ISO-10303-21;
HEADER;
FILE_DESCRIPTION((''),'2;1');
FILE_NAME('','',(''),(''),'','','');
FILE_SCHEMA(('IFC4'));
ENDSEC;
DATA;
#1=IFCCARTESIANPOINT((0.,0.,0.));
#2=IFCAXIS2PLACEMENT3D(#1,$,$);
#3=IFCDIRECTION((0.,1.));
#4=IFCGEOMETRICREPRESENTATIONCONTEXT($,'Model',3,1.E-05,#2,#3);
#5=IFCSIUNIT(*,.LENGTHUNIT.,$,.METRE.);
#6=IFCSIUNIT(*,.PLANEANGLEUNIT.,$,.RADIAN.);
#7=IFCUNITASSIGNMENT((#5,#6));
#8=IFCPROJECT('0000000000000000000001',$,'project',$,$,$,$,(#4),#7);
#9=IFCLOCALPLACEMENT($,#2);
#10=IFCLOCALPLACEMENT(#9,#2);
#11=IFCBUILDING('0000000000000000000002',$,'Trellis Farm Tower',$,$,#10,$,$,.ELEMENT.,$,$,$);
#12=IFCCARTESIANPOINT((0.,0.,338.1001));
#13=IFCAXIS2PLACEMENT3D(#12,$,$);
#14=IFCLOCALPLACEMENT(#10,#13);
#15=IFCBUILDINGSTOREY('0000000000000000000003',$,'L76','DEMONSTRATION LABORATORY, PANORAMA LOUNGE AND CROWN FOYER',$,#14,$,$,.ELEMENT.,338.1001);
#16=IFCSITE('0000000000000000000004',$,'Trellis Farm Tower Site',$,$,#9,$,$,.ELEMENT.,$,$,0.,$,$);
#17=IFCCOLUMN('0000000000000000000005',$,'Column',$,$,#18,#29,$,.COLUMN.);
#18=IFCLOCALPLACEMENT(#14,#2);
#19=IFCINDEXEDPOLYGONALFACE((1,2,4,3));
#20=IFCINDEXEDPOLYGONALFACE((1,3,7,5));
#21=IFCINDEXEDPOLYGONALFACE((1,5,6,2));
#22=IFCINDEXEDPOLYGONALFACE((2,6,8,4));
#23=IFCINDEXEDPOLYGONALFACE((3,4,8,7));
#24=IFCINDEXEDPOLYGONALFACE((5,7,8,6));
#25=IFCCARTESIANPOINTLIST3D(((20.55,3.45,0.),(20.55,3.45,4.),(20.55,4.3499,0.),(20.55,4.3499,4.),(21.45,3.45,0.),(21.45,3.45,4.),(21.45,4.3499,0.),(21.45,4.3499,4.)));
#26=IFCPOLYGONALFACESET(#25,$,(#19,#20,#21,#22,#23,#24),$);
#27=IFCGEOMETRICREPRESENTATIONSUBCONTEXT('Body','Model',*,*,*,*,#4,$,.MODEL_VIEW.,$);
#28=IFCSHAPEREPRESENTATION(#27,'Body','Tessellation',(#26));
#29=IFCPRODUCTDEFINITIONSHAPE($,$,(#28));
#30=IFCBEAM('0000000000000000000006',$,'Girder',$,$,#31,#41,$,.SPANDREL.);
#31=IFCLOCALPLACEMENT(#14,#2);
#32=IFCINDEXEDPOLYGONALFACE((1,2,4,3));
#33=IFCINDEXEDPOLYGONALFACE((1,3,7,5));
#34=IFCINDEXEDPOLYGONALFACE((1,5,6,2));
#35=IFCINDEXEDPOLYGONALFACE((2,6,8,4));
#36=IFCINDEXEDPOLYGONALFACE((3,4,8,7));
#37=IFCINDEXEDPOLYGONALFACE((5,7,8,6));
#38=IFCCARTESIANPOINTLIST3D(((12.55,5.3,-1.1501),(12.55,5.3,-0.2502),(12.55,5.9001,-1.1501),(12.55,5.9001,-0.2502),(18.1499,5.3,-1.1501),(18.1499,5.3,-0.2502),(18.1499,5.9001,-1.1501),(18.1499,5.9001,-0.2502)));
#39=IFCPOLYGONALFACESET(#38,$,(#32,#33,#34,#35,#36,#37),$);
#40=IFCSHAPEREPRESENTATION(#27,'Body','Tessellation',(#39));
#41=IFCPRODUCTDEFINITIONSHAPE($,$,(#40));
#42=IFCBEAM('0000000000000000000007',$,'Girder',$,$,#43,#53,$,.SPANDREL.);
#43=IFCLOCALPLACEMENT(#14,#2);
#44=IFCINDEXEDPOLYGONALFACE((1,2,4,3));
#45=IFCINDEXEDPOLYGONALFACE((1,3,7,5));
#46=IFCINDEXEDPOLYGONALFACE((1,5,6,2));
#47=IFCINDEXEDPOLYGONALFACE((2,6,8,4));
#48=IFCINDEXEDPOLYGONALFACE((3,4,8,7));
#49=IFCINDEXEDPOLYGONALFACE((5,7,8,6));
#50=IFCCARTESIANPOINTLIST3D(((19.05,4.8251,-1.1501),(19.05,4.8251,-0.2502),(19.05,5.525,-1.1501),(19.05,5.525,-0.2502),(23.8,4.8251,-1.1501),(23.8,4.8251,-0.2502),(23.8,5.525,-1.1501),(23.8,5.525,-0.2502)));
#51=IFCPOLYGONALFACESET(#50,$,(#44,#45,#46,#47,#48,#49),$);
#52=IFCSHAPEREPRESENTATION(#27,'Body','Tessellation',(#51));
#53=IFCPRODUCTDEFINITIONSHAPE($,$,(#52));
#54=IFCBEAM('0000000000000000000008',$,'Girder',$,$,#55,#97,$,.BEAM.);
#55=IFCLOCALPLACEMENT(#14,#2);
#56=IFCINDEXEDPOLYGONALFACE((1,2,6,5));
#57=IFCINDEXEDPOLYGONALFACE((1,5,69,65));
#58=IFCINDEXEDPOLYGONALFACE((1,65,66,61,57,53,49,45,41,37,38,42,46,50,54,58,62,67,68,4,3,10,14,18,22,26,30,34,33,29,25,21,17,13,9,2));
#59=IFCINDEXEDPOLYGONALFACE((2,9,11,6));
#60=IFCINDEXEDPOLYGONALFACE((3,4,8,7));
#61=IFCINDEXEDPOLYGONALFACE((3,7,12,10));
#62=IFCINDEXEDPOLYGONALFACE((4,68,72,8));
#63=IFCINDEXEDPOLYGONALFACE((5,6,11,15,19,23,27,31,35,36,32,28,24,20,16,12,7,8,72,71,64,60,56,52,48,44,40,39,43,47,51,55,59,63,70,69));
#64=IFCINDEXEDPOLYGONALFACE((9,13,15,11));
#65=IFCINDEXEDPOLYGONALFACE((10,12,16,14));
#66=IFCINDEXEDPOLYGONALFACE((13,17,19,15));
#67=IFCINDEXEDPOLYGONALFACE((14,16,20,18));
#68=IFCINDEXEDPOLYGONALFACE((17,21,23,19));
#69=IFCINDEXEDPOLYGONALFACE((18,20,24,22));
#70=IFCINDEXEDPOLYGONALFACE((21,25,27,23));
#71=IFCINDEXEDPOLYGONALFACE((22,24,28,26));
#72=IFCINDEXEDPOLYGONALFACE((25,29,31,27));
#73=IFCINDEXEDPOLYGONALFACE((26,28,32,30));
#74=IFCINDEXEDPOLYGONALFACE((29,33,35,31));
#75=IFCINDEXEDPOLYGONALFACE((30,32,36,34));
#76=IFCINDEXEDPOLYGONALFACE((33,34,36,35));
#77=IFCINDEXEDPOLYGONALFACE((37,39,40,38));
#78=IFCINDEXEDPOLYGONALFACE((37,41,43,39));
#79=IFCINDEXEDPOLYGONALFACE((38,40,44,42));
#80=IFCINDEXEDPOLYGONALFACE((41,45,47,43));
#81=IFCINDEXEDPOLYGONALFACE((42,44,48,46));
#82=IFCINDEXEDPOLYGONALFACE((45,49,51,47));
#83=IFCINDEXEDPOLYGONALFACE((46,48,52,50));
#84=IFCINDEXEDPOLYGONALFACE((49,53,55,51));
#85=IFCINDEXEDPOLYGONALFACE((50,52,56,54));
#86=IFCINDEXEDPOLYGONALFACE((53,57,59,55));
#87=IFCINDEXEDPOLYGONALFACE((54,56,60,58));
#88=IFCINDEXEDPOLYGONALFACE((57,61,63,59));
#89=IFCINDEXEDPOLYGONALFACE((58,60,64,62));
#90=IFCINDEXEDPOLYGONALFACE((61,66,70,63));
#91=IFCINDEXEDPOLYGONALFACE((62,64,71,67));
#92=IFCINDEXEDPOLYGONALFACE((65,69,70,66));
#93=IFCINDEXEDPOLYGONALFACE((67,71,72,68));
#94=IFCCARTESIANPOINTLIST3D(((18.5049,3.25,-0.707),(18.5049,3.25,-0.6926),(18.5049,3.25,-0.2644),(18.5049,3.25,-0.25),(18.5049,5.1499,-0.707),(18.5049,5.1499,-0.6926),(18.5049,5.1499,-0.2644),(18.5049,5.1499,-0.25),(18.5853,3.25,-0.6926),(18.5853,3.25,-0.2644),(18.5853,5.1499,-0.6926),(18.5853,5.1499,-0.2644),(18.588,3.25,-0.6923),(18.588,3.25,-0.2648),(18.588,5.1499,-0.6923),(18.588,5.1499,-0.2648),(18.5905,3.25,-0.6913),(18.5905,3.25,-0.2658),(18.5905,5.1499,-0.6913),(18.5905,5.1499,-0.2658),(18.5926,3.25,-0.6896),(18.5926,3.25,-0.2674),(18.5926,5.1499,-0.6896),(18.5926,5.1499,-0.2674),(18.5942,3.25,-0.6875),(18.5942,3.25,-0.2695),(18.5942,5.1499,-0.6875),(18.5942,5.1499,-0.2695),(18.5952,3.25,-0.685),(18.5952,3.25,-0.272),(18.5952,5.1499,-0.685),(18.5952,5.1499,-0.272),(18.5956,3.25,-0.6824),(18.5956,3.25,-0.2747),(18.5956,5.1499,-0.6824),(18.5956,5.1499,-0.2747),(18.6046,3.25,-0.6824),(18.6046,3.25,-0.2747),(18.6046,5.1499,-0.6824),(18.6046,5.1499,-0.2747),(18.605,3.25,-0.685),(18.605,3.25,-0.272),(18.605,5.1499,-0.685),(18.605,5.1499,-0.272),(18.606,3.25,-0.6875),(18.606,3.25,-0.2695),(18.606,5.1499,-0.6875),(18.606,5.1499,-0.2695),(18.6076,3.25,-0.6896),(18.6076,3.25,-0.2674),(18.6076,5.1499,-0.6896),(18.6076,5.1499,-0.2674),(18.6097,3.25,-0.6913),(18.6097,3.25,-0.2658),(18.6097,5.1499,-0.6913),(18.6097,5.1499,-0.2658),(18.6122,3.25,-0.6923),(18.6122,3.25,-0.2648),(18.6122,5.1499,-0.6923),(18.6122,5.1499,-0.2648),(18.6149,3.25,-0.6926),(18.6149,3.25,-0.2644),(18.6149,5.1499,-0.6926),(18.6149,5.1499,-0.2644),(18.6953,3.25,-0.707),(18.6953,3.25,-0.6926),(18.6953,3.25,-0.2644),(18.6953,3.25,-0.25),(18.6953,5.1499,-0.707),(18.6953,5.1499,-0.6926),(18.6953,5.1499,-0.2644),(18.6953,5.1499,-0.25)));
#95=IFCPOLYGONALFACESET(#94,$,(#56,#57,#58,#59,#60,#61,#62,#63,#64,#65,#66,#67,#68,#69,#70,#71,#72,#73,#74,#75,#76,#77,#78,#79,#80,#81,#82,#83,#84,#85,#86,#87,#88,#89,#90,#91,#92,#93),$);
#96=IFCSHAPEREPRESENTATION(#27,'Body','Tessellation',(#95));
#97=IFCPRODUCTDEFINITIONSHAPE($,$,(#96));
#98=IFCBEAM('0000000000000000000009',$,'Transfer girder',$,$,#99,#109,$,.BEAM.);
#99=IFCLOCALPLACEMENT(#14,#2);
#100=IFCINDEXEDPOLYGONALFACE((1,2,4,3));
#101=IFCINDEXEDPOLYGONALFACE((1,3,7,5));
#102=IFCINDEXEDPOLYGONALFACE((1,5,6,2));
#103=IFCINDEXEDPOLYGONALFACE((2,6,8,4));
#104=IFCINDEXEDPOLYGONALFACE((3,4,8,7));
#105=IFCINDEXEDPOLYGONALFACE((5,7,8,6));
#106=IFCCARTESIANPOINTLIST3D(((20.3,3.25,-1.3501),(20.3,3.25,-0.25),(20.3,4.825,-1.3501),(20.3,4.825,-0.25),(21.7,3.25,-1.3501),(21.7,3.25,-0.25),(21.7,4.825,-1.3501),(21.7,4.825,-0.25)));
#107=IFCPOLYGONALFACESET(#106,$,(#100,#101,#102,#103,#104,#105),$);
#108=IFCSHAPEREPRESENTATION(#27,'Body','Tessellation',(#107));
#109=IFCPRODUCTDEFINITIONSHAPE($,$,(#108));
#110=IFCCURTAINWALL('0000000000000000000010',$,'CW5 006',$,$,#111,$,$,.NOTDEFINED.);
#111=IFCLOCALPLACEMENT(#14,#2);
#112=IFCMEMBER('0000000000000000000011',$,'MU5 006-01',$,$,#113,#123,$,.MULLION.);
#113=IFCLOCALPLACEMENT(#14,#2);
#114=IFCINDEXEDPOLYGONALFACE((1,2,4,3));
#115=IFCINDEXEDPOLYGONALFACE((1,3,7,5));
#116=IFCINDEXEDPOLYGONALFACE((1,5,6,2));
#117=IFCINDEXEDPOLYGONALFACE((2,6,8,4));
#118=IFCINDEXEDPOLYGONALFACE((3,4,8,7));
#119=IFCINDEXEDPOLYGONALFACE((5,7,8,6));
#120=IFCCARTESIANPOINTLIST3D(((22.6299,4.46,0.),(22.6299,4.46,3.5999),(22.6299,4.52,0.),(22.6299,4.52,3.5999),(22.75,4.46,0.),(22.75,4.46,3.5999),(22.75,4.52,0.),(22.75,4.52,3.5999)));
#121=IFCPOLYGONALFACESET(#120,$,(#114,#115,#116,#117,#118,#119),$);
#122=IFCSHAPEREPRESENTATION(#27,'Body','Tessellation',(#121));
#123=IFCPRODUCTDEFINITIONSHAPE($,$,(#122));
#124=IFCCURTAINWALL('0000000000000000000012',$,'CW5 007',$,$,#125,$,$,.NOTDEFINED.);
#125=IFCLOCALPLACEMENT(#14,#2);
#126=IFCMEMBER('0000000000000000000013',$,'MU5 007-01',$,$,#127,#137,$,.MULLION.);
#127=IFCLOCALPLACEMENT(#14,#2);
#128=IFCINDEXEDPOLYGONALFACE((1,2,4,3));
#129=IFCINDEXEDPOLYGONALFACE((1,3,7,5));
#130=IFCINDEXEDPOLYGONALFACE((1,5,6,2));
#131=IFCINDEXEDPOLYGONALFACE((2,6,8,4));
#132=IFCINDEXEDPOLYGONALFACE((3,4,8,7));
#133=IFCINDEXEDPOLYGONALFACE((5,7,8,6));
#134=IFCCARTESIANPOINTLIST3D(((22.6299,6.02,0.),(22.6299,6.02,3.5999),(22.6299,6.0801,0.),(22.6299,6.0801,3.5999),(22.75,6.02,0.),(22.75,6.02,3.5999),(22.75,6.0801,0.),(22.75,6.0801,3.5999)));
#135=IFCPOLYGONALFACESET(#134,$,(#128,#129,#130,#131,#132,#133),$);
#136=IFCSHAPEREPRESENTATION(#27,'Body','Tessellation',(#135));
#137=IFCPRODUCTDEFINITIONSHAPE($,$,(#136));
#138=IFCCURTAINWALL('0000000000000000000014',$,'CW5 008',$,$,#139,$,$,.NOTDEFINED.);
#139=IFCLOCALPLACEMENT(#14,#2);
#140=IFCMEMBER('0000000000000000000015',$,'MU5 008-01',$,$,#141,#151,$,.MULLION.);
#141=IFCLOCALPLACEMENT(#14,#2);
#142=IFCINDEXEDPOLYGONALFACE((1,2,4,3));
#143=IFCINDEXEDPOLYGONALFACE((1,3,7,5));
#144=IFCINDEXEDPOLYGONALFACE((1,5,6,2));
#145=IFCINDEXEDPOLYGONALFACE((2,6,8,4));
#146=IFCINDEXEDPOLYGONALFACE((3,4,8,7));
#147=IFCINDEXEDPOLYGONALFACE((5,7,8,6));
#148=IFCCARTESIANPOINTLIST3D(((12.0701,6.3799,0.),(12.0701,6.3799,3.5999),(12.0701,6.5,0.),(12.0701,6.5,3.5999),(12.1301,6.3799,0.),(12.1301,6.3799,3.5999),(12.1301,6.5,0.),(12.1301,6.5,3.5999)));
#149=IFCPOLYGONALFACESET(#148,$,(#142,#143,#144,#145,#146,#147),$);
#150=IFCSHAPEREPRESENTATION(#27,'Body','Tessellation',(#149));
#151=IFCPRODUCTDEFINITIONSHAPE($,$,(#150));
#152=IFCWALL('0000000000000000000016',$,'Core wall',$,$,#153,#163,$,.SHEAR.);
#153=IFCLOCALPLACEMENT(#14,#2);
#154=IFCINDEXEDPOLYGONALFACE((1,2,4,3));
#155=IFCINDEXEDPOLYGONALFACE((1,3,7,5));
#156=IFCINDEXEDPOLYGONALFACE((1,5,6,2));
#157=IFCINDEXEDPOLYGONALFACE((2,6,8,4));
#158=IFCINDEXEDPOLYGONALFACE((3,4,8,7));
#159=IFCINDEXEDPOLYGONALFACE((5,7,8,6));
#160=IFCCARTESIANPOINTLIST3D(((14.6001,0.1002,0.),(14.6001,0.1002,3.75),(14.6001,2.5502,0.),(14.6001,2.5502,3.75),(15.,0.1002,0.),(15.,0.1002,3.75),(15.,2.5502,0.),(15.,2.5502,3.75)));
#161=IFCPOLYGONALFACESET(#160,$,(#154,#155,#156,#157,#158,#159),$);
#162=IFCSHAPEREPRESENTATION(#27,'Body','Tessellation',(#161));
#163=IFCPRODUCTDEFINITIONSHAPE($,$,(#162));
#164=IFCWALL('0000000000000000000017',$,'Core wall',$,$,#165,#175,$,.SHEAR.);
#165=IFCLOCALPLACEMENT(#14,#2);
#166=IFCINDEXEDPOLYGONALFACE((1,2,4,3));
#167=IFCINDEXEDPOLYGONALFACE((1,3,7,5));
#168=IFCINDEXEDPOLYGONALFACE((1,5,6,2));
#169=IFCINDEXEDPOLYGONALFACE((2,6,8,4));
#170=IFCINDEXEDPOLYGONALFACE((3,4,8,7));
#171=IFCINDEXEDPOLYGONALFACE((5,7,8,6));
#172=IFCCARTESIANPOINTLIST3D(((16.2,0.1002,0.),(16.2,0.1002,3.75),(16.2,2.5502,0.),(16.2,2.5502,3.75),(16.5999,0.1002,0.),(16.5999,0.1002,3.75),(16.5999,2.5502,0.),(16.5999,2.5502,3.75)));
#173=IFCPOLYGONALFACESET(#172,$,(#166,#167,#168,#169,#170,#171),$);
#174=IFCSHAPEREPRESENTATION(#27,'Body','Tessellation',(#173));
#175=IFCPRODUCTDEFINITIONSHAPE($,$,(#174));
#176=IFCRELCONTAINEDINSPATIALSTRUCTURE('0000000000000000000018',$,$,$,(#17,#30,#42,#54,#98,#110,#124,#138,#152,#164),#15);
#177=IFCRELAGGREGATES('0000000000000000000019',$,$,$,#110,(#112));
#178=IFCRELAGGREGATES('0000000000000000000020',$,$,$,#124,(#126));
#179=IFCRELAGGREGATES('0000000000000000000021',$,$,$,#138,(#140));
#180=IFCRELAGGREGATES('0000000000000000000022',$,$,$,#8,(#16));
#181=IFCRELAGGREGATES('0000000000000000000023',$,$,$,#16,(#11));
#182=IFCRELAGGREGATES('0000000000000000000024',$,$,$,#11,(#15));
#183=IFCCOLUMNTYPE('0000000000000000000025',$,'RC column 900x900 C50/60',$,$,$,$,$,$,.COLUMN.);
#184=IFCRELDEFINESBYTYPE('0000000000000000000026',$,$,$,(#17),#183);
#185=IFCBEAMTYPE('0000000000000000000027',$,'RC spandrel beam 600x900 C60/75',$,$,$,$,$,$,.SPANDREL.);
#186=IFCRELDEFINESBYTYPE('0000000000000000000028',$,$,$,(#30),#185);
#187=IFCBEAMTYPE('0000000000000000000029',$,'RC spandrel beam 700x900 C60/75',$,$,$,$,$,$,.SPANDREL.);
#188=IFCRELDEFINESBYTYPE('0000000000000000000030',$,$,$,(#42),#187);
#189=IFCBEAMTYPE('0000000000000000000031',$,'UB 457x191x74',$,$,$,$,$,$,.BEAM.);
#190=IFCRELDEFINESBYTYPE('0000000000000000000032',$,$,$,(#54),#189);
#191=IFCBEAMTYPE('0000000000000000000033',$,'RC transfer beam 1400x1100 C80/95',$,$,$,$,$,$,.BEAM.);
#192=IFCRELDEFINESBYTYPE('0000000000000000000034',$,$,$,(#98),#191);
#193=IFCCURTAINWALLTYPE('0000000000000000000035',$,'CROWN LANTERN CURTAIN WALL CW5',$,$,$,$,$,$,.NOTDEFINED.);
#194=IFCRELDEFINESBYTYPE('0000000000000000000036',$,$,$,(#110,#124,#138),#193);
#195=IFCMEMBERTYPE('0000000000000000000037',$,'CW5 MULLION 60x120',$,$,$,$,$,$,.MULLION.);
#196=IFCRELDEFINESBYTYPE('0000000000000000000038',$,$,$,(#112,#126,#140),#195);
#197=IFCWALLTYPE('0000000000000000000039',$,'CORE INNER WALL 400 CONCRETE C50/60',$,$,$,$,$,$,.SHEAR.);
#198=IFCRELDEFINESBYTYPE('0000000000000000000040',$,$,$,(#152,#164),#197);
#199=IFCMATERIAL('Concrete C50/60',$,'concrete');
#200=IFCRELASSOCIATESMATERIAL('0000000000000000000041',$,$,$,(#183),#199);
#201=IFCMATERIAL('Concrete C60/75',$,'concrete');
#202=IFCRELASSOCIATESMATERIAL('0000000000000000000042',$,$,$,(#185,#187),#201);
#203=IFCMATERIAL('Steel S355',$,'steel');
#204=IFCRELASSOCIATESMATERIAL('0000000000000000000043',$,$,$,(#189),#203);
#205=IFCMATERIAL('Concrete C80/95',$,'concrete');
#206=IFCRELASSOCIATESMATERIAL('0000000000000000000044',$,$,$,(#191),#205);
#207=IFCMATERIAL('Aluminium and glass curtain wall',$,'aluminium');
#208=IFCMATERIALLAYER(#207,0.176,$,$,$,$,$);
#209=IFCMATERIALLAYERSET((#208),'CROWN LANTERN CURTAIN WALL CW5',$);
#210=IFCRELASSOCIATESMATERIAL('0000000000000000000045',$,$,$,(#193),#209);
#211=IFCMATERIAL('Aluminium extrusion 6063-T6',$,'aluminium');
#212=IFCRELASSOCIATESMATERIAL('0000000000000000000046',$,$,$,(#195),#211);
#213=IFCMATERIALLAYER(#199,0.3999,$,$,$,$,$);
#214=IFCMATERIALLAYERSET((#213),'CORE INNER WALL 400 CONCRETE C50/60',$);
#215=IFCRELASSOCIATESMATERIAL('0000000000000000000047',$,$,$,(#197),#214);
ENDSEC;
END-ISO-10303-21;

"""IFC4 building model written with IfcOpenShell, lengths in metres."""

from ifc_helpers import new_model, si_unit, direction, frame, frame_2d, origin, origin_2d, place, context, subcontext, project, spatial, rectangle, i_section, extrude, source, transform, mapped, material, layer, layer_set, material_profile, profile_set, type_object, element, aggregate, save


model = new_model("IFC4")

# Units and contexts
model_context = context("Model", 3, precision=1e-05, world=origin(), true_north=direction((0.0, 1.0)))
body_context = subcontext(model_context, "Body", "Model", "MODEL_VIEW")
ifc_project = project(units=[si_unit("LENGTHUNIT", "METRE"), si_unit("PLANEANGLEUNIT", "RADIAN")], contexts=[model_context])

# Site, building, storey
site_placement = place(None, origin())
site = spatial("IfcSite", under=ifc_project, at=site_placement, Name="Trellis Farm Tower Site", CompositionType="ELEMENT", RefElevation=0.0)
building_placement = place(site_placement, origin())
building = spatial("IfcBuilding", under=site, at=building_placement, Name="Trellis Farm Tower", CompositionType="ELEMENT")
storey_placement = place(building_placement, frame((0.0, 0.0, 338.1001)))
storey = spatial("IfcBuildingStorey", under=building, at=storey_placement, Name="L76", Description="DEMONSTRATION LABORATORY, PANORAMA LOUNGE AND CROWN FOYER", CompositionType="ELEMENT", Elevation=338.1001)

# Column
ifc_material_1 = material(Name="Concrete C50/60", Category="concrete")
ifc_material_profile_1 = material_profile(ifc_material_1, rectangle(XDim=0.8999, YDim=0.8999, at=origin_2d()), Name="RC column 900x900 C50/60")
ifc_profile_set_1 = profile_set([ifc_material_profile_1], Name="Concrete C50/60")
column_type = type_object("IfcColumnType", Name="RC column 900x900 C50/60", PredefinedType="COLUMN", material=ifc_profile_set_1)
shared_shape_1 = source(origin(), body_context, "Body", "SweptSolid", [
    extrude(rectangle(XDim=0.8999, YDim=0.8999, at=origin_2d()), origin(), (0.0, 0.0, 1.0), 4.0),
])
column_placement = place(storey_placement, frame((21.0, 3.8999, 0.0), z_axis=(0.0, 0.0, 1.0), x_axis=(1.0, 0.0, 0.0)))
element("IfcColumn", 1, at=column_placement, inside=storey, type_object=column_type, Name="Column", PredefinedType="COLUMN", context=body_context, shape_type="MappedRepresentation", body=[
    mapped(shared_shape_1, transform((0.0, 0.0, 0.0))),
])

# Beams
ifc_material_2 = material(Name="Concrete C60/75", Category="concrete")
ifc_material_profile_2 = material_profile(ifc_material_2, rectangle(XDim=0.6001, YDim=0.8999, at=origin_2d()), Name="RC spandrel beam 600x900 C60/75")
ifc_profile_set_2 = profile_set([ifc_material_profile_2], Name="Concrete C60/75")
beam_type_1 = type_object("IfcBeamType", Name="RC spandrel beam 600x900 C60/75", PredefinedType="SPANDREL", material=ifc_profile_set_2)
shared_shape_2 = source(origin(), body_context, "Body", "SweptSolid", [
    extrude(rectangle(XDim=0.6001, YDim=0.8999, at=origin_2d()), origin(), (0.0, 0.0, 1.0), 5.5999),
])
beam_1_placement = place(storey_placement, frame((12.55, 5.6001, -0.7002), z_axis=(1.0, 0.0, 0.0), x_axis=(0.0, 1.0, 0.0)))
element("IfcBeam", 2, at=beam_1_placement, inside=storey, type_object=beam_type_1, Name="Girder", PredefinedType="SPANDREL", context=body_context, shape_type="MappedRepresentation", body=[
    mapped(shared_shape_2, transform((0.0, 0.0, 0.0))),
])
ifc_material_profile_3 = material_profile(ifc_material_2, rectangle(XDim=0.7, YDim=0.8999, at=origin_2d()), Name="RC spandrel beam 700x900 C60/75")
ifc_profile_set_3 = profile_set([ifc_material_profile_3], Name="Concrete C60/75")
beam_type_2 = type_object("IfcBeamType", Name="RC spandrel beam 700x900 C60/75", PredefinedType="SPANDREL", material=ifc_profile_set_3)
shared_shape_3 = source(origin(), body_context, "Body", "SweptSolid", [
    extrude(rectangle(XDim=0.7, YDim=0.8999, at=origin_2d()), origin(), (0.0, 0.0, 1.0), 4.75),
])
beam_2_placement = place(storey_placement, frame((19.05, 5.175, -0.7002), z_axis=(1.0, 0.0, 0.0), x_axis=(0.0, 1.0, 0.0)))
element("IfcBeam", 3, at=beam_2_placement, inside=storey, type_object=beam_type_2, Name="Girder", PredefinedType="SPANDREL", context=body_context, shape_type="MappedRepresentation", body=[
    mapped(shared_shape_3, transform((0.0, 0.0, 0.0))),
])
ifc_material_3 = material(Name="Steel S355", Category="steel")
ifc_material_profile_4 = material_profile(ifc_material_3, i_section(OverallWidth=0.1904, OverallDepth=0.457, WebThickness=0.009, FlangeThickness=0.0144, FilletRadius=0.0103, at=origin_2d()), Name="UB 457x191x74")
ifc_profile_set_4 = profile_set([ifc_material_profile_4], Name="Steel S355")
beam_type_3 = type_object("IfcBeamType", Name="UB 457x191x74", PredefinedType="BEAM", material=ifc_profile_set_4)
shared_shape_4 = source(origin(), body_context, "Body", "SweptSolid", [
    extrude(i_section(OverallWidth=0.1904, OverallDepth=0.457, WebThickness=0.009, FlangeThickness=0.0144, FilletRadius=0.0103, at=origin_2d()), origin(), (0.0, 0.0, 1.0), 1.8999),
])
beam_3_placement = place(storey_placement, frame((18.6001, 3.25, -0.4785), z_axis=(0.0, 1.0, 0.0), x_axis=(-1.0, 0.0, 0.0)))
element("IfcBeam", 4, at=beam_3_placement, inside=storey, type_object=beam_type_3, Name="Girder", PredefinedType="BEAM", context=body_context, shape_type="MappedRepresentation", body=[
    mapped(shared_shape_4, transform((0.0, 0.0, 0.0))),
])
ifc_material_4 = material(Name="Concrete C80/95", Category="concrete")
ifc_material_profile_5 = material_profile(ifc_material_4, rectangle(XDim=1.3999, YDim=1.1001, at=origin_2d()), Name="RC transfer beam 1400x1100 C80/95")
ifc_profile_set_5 = profile_set([ifc_material_profile_5], Name="Concrete C80/95")
beam_type_4 = type_object("IfcBeamType", Name="RC transfer beam 1400x1100 C80/95", PredefinedType="BEAM", material=ifc_profile_set_5)
shared_shape_5 = source(origin(), body_context, "Body", "SweptSolid", [
    extrude(rectangle(XDim=1.3999, YDim=1.1001, at=origin_2d()), origin(), (0.0, 0.0, 1.0), 1.575),
])
beam_4_placement = place(storey_placement, frame((21.0, 3.25, -0.8), z_axis=(0.0, 1.0, 0.0), x_axis=(-1.0, 0.0, 0.0)))
element("IfcBeam", 5, at=beam_4_placement, inside=storey, type_object=beam_type_4, Name="Transfer girder", PredefinedType="BEAM", context=body_context, shape_type="MappedRepresentation", body=[
    mapped(shared_shape_5, transform((0.0, 0.0, 0.0))),
])

# Curtain walls, members
ifc_material_5 = material(Name="Aluminium and glass curtain wall", Category="aluminium")
ifc_layer_1 = layer(ifc_material_5, 0.176)
ifc_layer_set_1 = layer_set([ifc_layer_1], Name="CROWN LANTERN CURTAIN WALL CW5")
curtain_wall_type = type_object("IfcCurtainWallType", Name="CROWN LANTERN CURTAIN WALL CW5", PredefinedType="NOTDEFINED", material=ifc_layer_set_1)
placement = place(storey_placement, origin())
curtain_wall_1 = element("IfcCurtainWall", 6, at=placement, inside=storey, type_object=curtain_wall_type, Name="CW5 006", PredefinedType="NOTDEFINED")
ifc_material_6 = material(Name="Aluminium extrusion 6063-T6", Category="aluminium")
ifc_material_profile_6 = material_profile(ifc_material_6, rectangle(XDim=0.0601, YDim=0.1201, at=origin_2d()), Name="MULLION 60x120")
ifc_profile_set_6 = profile_set([ifc_material_profile_6], Name="Aluminium extrusion 6063-T6")
member_type = type_object("IfcMemberType", Name="CW5 MULLION 60x120", PredefinedType="MULLION", material=ifc_profile_set_6)
shared_shape_6 = source(origin(), body_context, "Body", "SweptSolid", [
    extrude(rectangle(XDim=0.0601, YDim=0.1201, at=origin_2d()), origin(), (0.0, 0.0, 1.0), 3.5999),
])
member_1_placement = place(storey_placement, frame((22.6899, 4.49, 0.0), z_axis=(0.0, 0.0, 1.0), x_axis=(0.0, 1.0, 0.0)))
member_1 = element("IfcMember", 7, at=member_1_placement, type_object=member_type, Name="MU5 006-01", PredefinedType="MULLION", context=body_context, shape_type="MappedRepresentation", body=[
    mapped(shared_shape_6, transform((0.0, 0.0, 0.0))),
])
aggregate(curtain_wall_1, [member_1])
curtain_wall_2 = element("IfcCurtainWall", 8, at=placement, inside=storey, type_object=curtain_wall_type, Name="CW5 007", PredefinedType="NOTDEFINED")
member_2_placement = place(storey_placement, frame((22.6899, 6.05, 0.0), z_axis=(0.0, 0.0, 1.0), x_axis=(0.0, 1.0, 0.0)))
member_2 = element("IfcMember", 9, at=member_2_placement, type_object=member_type, Name="MU5 007-01", PredefinedType="MULLION", context=body_context, shape_type="MappedRepresentation", body=[
    mapped(shared_shape_6, transform((0.0, 0.0, 0.0))),
])
aggregate(curtain_wall_2, [member_2])
curtain_wall_3 = element("IfcCurtainWall", 10, at=placement, inside=storey, type_object=curtain_wall_type, Name="CW5 008", PredefinedType="NOTDEFINED")
member_3_placement = place(storey_placement, frame((12.1001, 6.4399, 0.0), z_axis=(0.0, 0.0, 1.0), x_axis=(-1.0, 0.0, 0.0)))
member_3 = element("IfcMember", 11, at=member_3_placement, type_object=member_type, Name="MU5 008-01", PredefinedType="MULLION", context=body_context, shape_type="MappedRepresentation", body=[
    mapped(shared_shape_6, transform((0.0, 0.0, 0.0))),
])
aggregate(curtain_wall_3, [member_3])

# Walls
ifc_layer_2 = layer(ifc_material_1, 0.3999)
ifc_layer_set_2 = layer_set([ifc_layer_2], Name="CORE INNER WALL 400 CONCRETE C50/60")
wall_type_1 = type_object("IfcWallType", Name="CORE INNER WALL 400 CONCRETE C50/60", PredefinedType="SHEAR", material=ifc_layer_set_2)
shared_shape_7 = source(origin(), body_context, "Body", "SweptSolid", [
    extrude(rectangle(XDim=2.45, YDim=0.3999, at=frame_2d((1.2251, 0.0))), origin(), (0.0, 0.0, 1.0), 3.75),
])
for number, where, z_axis, x_axis, name in (
    (12, (14.8, 0.1001, 0.0), (0.0, 0.0, 1.0), (0.0, 1.0, 0.0), "Core wall"),
    (13, (16.3999, 0.1001, 0.0), (0.0, 0.0, 1.0), (0.0, 1.0, 0.0), "Core wall"),
):
    element("IfcWall", number, at=place(storey_placement, frame(where, z_axis=z_axis, x_axis=x_axis)), inside=storey, type_object=wall_type_1, Name=name, PredefinedType="SHEAR", context=body_context, shape_type="MappedRepresentation", body=[
        mapped(shared_shape_7, transform((0.0, 0.0, 0.0))),
    ])

save(model, "model.ifc")
